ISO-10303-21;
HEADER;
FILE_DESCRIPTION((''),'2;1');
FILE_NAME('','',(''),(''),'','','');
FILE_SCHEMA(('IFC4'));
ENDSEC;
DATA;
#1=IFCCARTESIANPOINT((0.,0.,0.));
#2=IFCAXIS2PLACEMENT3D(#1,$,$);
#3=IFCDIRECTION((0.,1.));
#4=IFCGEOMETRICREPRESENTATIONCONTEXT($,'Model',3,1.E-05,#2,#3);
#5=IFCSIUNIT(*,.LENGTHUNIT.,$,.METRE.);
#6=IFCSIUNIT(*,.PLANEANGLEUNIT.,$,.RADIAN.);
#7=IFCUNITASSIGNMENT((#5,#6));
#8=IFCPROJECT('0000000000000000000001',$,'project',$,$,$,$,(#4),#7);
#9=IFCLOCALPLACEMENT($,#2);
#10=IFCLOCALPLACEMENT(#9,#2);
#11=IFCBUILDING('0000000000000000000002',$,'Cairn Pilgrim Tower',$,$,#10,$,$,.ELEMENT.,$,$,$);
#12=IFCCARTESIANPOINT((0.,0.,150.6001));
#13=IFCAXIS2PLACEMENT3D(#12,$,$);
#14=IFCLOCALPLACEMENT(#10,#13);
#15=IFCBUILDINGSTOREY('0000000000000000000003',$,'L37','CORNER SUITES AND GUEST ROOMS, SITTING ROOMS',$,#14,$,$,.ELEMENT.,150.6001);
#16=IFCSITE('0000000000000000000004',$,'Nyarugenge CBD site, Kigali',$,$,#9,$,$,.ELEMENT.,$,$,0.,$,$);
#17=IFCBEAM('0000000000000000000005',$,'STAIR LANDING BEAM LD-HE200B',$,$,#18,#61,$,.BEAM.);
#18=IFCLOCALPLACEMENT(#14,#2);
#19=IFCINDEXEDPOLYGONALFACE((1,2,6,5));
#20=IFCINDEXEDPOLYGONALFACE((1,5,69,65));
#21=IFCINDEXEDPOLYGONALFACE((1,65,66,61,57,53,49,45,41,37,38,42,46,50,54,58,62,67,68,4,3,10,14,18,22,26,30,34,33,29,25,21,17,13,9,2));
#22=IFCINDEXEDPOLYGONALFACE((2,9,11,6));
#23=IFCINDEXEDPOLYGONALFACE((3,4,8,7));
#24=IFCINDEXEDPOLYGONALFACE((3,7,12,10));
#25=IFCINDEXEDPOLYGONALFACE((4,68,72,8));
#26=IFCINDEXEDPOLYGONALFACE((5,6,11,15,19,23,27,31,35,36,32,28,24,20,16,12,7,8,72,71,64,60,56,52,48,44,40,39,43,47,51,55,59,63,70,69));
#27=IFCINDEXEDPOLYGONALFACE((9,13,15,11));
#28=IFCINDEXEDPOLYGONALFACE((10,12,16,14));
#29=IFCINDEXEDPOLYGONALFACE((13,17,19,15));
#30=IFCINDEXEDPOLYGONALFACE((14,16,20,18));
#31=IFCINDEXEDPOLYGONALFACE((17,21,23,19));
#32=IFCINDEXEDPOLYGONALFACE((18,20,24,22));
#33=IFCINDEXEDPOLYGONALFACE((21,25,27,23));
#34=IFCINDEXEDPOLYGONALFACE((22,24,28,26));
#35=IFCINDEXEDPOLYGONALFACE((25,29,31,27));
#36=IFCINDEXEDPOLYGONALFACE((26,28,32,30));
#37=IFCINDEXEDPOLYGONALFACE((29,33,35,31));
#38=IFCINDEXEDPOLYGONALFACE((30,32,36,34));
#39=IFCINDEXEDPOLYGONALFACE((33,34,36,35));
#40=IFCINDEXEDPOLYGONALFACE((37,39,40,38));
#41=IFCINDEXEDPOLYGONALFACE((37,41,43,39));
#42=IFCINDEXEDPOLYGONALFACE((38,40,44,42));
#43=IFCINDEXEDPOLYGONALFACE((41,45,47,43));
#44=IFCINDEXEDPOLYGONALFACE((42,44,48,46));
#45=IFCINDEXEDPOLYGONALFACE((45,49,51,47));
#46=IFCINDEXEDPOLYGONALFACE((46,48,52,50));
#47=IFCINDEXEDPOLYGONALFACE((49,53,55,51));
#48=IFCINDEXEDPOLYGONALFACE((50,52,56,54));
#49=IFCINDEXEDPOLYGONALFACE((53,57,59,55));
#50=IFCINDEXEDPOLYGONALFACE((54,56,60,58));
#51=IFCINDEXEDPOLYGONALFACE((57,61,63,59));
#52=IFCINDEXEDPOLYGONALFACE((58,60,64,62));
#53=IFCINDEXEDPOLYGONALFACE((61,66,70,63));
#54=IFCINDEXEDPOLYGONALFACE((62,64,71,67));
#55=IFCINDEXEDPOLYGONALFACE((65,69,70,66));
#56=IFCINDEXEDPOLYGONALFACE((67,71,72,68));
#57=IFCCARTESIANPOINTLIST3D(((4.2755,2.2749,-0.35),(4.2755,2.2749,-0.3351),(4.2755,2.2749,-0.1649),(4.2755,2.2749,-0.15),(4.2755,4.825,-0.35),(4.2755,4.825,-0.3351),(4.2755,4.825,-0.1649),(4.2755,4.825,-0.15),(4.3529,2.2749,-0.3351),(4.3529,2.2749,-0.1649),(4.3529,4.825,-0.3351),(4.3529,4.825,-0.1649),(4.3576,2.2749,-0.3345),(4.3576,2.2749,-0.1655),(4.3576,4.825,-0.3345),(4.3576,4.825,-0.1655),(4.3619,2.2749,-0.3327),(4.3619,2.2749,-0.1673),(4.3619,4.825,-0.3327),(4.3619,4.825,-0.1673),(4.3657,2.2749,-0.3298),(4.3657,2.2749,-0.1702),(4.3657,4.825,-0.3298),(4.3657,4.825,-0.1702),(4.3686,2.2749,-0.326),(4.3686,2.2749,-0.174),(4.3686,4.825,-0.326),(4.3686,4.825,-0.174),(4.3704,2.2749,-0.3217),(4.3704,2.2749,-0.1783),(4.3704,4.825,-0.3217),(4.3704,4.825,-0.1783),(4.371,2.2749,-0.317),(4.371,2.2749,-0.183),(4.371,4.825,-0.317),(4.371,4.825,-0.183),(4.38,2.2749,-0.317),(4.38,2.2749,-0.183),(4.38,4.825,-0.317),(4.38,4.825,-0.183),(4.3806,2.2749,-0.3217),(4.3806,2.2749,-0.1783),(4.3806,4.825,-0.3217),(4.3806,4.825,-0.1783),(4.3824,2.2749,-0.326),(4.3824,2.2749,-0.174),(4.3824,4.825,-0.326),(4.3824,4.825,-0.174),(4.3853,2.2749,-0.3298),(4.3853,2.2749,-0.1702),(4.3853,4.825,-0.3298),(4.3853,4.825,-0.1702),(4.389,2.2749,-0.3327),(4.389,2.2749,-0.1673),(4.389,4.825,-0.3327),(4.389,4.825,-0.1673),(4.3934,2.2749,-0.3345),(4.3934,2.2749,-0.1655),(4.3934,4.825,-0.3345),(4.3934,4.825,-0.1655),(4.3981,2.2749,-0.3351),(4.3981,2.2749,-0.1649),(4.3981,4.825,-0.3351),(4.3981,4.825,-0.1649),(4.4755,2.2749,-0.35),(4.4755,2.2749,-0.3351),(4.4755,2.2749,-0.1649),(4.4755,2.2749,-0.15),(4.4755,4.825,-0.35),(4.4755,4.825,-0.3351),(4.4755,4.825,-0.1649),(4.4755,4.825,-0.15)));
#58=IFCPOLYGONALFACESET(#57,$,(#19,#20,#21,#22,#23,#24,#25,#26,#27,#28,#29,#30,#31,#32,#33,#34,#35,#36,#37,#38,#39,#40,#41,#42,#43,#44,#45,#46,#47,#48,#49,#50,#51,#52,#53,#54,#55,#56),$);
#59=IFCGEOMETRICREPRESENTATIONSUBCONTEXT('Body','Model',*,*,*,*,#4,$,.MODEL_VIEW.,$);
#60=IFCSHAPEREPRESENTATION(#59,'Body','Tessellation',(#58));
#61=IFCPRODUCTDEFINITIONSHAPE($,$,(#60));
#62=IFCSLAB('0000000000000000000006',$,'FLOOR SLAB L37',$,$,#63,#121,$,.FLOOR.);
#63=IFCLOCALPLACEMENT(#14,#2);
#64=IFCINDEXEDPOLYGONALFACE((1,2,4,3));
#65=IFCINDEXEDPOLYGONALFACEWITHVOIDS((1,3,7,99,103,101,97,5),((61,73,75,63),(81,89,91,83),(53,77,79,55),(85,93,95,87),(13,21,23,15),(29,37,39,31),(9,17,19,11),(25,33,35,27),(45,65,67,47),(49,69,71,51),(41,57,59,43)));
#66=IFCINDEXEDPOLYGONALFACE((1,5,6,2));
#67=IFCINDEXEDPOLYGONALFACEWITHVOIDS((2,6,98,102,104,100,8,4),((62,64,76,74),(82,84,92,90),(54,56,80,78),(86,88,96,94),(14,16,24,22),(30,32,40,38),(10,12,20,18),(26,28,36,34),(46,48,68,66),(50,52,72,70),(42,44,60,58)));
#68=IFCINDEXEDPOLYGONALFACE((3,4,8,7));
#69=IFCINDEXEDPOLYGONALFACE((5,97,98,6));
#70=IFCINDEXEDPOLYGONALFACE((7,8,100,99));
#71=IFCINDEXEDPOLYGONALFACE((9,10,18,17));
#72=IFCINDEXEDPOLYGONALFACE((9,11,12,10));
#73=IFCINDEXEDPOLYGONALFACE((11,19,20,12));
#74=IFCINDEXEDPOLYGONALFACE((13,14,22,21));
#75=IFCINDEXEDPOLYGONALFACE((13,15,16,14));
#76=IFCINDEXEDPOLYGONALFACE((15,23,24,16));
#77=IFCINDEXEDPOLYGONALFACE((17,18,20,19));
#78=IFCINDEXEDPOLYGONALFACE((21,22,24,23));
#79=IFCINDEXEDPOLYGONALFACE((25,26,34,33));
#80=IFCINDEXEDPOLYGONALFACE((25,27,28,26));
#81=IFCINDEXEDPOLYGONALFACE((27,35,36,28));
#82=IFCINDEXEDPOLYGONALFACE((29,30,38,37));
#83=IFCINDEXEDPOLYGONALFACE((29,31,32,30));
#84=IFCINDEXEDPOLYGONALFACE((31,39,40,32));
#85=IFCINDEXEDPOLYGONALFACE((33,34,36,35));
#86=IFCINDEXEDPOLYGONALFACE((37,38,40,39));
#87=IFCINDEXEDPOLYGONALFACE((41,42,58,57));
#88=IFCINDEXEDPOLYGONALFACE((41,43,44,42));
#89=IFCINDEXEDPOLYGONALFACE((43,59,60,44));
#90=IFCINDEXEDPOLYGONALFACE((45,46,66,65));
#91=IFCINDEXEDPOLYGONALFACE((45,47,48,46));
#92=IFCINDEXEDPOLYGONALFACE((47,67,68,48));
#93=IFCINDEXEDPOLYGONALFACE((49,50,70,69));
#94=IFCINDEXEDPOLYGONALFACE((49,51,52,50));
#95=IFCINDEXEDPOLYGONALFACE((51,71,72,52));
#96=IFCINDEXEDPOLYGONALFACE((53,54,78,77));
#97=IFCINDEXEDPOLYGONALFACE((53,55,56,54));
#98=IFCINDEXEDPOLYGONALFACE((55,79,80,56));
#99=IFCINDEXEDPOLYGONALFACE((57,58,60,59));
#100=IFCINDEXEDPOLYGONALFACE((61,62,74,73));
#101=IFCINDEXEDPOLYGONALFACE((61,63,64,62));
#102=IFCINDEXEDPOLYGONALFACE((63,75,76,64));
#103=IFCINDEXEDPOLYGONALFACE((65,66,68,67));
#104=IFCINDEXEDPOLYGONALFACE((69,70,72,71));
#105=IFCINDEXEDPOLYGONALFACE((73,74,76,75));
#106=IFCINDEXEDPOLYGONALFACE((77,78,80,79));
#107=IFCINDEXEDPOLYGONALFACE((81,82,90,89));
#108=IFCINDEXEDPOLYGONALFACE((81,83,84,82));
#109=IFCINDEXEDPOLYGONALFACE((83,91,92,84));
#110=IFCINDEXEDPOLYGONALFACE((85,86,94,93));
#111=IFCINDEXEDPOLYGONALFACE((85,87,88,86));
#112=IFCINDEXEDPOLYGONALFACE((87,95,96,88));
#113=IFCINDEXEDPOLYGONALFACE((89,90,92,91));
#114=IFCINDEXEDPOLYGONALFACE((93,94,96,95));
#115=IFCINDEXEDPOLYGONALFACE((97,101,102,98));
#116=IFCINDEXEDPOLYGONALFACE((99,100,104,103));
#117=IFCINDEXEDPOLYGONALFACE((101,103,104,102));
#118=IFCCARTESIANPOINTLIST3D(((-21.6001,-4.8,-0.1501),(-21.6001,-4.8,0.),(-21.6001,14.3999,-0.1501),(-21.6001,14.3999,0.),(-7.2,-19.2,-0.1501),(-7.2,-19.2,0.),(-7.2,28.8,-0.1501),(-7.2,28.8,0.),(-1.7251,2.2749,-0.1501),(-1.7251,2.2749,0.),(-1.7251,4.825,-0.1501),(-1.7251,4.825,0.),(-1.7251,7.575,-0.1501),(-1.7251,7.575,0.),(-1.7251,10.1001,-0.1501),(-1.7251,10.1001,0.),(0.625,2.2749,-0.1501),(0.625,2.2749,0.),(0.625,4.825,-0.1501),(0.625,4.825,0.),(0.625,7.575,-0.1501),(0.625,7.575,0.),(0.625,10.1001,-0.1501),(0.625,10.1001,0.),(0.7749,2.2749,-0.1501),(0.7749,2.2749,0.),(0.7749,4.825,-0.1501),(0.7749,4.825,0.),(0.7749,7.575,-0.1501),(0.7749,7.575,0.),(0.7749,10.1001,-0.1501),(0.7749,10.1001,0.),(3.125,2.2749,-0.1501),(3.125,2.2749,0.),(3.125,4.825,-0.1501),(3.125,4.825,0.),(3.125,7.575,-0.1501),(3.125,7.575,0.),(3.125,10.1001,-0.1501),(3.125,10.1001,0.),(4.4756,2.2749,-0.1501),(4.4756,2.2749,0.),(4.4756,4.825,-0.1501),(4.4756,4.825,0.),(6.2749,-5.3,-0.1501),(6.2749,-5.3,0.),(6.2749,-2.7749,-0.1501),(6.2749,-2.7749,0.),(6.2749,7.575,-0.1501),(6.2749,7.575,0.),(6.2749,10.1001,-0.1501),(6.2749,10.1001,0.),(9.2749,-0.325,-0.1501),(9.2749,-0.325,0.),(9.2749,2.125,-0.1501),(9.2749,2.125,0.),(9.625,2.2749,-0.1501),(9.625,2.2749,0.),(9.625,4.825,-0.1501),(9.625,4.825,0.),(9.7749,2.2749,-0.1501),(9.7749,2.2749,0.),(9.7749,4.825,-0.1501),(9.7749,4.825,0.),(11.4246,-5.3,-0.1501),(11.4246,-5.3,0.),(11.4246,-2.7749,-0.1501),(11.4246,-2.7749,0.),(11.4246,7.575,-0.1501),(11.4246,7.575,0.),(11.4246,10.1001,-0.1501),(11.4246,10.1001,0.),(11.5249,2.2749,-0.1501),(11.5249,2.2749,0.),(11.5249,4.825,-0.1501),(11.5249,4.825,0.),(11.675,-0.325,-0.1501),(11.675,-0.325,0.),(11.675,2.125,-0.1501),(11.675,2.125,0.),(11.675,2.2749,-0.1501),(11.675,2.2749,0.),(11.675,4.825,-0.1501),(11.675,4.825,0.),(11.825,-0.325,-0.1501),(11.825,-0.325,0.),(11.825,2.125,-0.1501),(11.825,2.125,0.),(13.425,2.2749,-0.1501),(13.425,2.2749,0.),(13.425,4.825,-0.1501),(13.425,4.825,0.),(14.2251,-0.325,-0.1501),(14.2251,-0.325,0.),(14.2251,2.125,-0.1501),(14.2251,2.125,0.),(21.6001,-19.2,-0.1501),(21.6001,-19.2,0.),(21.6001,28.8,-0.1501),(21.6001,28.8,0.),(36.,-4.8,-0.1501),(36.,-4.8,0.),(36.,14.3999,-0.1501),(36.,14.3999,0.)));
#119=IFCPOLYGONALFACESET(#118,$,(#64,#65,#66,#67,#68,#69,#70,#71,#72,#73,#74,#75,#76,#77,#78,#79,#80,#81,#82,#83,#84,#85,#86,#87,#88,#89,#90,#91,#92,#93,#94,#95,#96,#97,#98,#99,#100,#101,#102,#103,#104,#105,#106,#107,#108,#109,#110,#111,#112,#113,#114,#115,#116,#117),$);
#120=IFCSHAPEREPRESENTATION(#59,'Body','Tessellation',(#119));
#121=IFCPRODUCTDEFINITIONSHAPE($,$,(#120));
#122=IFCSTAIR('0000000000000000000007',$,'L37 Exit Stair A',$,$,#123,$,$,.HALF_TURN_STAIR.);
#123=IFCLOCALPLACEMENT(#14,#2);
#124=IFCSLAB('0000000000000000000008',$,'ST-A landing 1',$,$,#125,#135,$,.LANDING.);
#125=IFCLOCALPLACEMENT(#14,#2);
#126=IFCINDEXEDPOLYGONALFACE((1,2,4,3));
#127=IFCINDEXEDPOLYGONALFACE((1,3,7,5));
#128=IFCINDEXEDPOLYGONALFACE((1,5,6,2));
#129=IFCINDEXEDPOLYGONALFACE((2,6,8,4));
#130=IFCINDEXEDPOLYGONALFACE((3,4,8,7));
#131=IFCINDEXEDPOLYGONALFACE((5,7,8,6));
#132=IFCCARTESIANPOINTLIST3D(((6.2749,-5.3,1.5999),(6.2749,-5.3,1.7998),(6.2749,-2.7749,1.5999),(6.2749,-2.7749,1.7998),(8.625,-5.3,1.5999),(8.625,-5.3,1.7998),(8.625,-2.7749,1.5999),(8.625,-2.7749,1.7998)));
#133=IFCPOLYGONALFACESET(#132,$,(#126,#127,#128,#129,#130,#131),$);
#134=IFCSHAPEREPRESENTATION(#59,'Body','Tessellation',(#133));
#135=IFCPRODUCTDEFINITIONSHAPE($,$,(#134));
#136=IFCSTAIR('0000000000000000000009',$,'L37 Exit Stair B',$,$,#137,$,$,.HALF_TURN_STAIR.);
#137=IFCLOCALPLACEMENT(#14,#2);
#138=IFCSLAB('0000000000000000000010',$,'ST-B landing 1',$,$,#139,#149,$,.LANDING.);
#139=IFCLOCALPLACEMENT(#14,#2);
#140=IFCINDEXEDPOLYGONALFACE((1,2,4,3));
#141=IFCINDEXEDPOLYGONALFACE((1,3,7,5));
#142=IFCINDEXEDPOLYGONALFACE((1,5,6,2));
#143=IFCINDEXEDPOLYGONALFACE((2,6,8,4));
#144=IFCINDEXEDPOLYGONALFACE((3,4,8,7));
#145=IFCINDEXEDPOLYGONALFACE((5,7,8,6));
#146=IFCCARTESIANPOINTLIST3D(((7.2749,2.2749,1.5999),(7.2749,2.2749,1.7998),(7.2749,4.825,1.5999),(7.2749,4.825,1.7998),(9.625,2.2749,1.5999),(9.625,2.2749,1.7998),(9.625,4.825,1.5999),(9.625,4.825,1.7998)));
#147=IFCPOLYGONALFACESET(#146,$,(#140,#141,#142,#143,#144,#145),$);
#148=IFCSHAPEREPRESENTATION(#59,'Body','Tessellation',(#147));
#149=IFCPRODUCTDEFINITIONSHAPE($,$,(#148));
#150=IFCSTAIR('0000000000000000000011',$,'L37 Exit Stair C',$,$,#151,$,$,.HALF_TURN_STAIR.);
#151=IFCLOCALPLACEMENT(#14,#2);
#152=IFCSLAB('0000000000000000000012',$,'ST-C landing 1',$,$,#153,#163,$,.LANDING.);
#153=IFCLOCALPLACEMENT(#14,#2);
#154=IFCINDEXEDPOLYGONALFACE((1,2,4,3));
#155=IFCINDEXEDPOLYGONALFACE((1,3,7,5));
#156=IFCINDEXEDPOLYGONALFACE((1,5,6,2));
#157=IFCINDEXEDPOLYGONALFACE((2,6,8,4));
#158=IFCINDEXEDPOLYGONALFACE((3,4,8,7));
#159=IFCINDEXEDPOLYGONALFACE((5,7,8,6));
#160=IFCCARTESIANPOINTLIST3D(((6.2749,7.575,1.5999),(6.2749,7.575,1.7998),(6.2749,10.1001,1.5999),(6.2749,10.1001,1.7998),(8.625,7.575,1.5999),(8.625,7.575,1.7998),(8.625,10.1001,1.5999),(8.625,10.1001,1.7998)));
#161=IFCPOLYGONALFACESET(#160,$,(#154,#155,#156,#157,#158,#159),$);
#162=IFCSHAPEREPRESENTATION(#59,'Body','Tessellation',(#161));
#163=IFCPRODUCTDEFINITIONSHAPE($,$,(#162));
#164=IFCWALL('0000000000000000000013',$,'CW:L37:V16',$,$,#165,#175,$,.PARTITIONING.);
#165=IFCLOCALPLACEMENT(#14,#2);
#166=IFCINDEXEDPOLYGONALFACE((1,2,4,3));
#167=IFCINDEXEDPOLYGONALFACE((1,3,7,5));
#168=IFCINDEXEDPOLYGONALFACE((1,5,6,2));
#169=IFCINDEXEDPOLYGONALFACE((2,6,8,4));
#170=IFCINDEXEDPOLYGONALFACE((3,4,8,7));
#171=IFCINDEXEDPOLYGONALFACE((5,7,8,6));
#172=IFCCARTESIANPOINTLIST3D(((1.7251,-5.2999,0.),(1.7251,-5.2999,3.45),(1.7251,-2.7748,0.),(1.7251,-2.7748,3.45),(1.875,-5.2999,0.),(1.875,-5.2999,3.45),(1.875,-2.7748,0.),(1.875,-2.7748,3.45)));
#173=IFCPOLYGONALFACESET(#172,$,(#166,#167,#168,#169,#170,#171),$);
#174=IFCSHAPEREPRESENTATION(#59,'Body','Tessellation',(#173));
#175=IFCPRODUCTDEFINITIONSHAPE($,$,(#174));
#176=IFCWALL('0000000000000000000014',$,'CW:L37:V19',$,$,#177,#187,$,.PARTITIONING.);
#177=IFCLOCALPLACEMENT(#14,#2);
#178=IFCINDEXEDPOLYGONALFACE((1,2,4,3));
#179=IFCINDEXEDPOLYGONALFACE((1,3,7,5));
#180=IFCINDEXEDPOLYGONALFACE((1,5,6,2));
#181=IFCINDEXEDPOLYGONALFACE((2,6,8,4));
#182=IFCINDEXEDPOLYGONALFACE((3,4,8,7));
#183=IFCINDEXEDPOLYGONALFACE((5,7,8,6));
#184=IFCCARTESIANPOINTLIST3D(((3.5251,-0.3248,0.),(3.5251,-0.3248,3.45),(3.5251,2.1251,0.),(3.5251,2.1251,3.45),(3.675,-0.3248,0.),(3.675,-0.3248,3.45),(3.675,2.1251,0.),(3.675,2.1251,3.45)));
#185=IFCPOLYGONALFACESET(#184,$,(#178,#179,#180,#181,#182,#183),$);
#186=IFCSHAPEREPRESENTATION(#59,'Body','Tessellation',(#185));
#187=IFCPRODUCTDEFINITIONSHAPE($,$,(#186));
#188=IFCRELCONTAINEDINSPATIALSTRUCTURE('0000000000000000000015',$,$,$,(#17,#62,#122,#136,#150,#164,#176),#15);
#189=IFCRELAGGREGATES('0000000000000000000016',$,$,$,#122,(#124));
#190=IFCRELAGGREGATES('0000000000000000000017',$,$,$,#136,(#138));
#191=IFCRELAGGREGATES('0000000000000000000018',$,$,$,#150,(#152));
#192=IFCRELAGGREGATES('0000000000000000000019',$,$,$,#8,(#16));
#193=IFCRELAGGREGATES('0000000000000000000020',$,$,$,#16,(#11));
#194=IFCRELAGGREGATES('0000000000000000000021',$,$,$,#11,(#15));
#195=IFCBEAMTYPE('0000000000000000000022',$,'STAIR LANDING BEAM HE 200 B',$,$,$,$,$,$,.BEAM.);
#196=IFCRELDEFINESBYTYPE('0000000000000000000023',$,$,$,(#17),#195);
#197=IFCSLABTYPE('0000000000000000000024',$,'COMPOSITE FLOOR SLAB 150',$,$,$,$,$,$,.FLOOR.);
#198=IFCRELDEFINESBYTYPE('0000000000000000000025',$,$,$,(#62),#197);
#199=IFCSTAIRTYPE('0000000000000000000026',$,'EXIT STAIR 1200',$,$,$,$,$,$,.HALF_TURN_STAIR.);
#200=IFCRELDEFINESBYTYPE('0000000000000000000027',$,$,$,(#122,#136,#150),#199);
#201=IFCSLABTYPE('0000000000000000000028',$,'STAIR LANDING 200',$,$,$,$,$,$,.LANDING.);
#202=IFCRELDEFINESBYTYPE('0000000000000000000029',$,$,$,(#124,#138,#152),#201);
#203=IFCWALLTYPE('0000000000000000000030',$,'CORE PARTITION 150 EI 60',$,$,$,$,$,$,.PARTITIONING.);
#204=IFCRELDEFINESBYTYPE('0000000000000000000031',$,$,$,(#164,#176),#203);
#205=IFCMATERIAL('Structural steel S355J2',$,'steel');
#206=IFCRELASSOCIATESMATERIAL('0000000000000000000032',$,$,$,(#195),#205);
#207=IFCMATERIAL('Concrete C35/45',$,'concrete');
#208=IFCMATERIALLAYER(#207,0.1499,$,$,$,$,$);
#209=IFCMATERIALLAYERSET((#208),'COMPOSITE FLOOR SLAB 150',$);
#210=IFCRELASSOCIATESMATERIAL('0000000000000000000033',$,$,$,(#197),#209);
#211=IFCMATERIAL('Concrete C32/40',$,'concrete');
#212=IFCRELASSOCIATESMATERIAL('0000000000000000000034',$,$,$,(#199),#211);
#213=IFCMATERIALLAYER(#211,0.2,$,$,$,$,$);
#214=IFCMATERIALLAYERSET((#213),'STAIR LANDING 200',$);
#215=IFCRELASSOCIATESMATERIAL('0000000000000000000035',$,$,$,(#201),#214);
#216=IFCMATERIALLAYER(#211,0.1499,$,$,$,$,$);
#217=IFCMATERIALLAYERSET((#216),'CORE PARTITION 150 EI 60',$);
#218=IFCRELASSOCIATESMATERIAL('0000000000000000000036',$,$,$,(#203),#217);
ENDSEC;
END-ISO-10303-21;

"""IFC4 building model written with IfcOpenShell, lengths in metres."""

from ifc_helpers import new_model, si_unit, direction, frame, frame_2d, origin, origin_2d, place, context, subcontext, project, spatial, polyline, rectangle, i_section, outline, extrude, material, layer, layer_set, material_profile, profile_set, type_object, element, aggregate, save


model = new_model("IFC4")

# Units and contexts
model_context = context("Model", 3, precision=1e-05, world=origin(), true_north=direction((0.0, 1.0)))
body_context = subcontext(model_context, "Body", "Model", "MODEL_VIEW")
ifc_project = project(units=[si_unit("LENGTHUNIT", "METRE"), si_unit("PLANEANGLEUNIT", "RADIAN")], contexts=[model_context])

# Site, building, storey
site_placement = place(None, origin())
site = spatial("IfcSite", under=ifc_project, at=site_placement, Name="Nyarugenge CBD site, Kigali", CompositionType="ELEMENT", RefElevation=0.0)
building_placement = place(site_placement, origin())
building = spatial("IfcBuilding", under=site, at=building_placement, Name="Cairn Pilgrim Tower", CompositionType="ELEMENT")
storey_placement = place(building_placement, frame((0.0, 0.0, 150.6001)))
storey = spatial("IfcBuildingStorey", under=building, at=storey_placement, Name="L37", Description="CORNER SUITES AND GUEST ROOMS, SITTING ROOMS", CompositionType="ELEMENT", Elevation=150.6001)

# Beam
ifc_material_1 = material(Name="Structural steel S355J2", Category="steel")
ifc_material_profile = material_profile(ifc_material_1, i_section(OverallWidth=0.2, OverallDepth=0.2, WebThickness=0.009, FlangeThickness=0.0149, FilletRadius=0.0181, at=origin_2d()), Name="HE 200 B")
ifc_profile_set = profile_set([ifc_material_profile], Name="Structural steel S355J2")
beam_type = type_object("IfcBeamType", Name="STAIR LANDING BEAM HE 200 B", PredefinedType="BEAM", material=ifc_profile_set)
beam_placement = place(storey_placement, frame((4.3755, 2.2749, -0.25), z_axis=(0.0, 1.0, 0.0), x_axis=(-1.0, 0.0, 0.0)))
element("IfcBeam", 1, at=beam_placement, inside=storey, type_object=beam_type, Name="STAIR LANDING BEAM LD-HE200B", PredefinedType="BEAM", context=body_context, shape_type="SweptSolid", body=[
    extrude(i_section(OverallWidth=0.2, OverallDepth=0.2, WebThickness=0.009, FlangeThickness=0.0149, FilletRadius=0.0181, at=origin_2d()), origin(), (0.0, 0.0, 1.0), 2.55),
])

# Slab
ifc_material_2 = material(Name="Concrete C35/45", Category="concrete")
ifc_layer_1 = layer(ifc_material_2, 0.1499)
ifc_layer_set_1 = layer_set([ifc_layer_1], Name="COMPOSITE FLOOR SLAB 150")
slab_type_1 = type_object("IfcSlabType", Name="COMPOSITE FLOOR SLAB 150", PredefinedType="FLOOR", material=ifc_layer_set_1)
slab_1_placement = place(storey_placement, frame((0.0, 0.0, -0.1501)))
element("IfcSlab", 2, at=slab_1_placement, inside=storey, type_object=slab_type_1, Name="FLOOR SLAB L37", PredefinedType="FLOOR", context=body_context, shape_type="SweptSolid", body=[
    extrude(outline(polyline([(-7.2, -19.2), (21.6001, -19.2), (36.0, -4.8), (36.0, 14.3999), (21.6001, 28.8), (-7.2, 28.8), (-21.6001, 14.3999), (-21.6001, -4.8), (-7.2, -19.2)]), holes=[polyline([(9.2749, -0.325), (11.675, -0.325), (11.675, 2.125), (9.2749, 2.125), (9.2749, -0.325)]), polyline([(11.825, -0.325), (14.2251, -0.325), (14.2251, 2.125), (11.825, 2.125), (11.825, -0.325)]), polyline([(-1.7251, 2.2749), (0.625, 2.2749), (0.625, 4.825), (-1.7251, 4.825), (-1.7251, 2.2749)]), polyline([(0.7749, 2.2749), (3.125, 2.2749), (3.125, 4.825), (0.7749, 4.825), (0.7749, 2.2749)]), polyline([(-1.7251, 7.575), (0.625, 7.575), (0.625, 10.1001), (-1.7251, 10.1001), (-1.7251, 7.575)]), polyline([(0.7749, 7.575), (3.125, 7.575), (3.125, 10.1001), (0.7749, 10.1001), (0.7749, 7.575)]), polyline([(9.7749, 2.2749), (11.5249, 2.2749), (11.5249, 4.825), (9.7749, 4.825), (9.7749, 2.2749)]), polyline([(11.675, 2.2749), (13.425, 2.2749), (13.425, 4.825), (11.675, 4.825), (11.675, 2.2749)]), polyline([(11.4246, -2.7749), (6.2749, -2.7749), (6.2749, -5.3), (11.4246, -5.3), (11.4246, -2.7749)]), polyline([(4.4756, 2.2749), (9.625, 2.2749), (9.625, 4.825), (4.4756, 4.825), (4.4756, 2.2749)]), polyline([(11.4246, 10.1001), (6.2749, 10.1001), (6.2749, 7.575), (11.4246, 7.575), (11.4246, 10.1001)])]), origin(), (0.0, 0.0, 1.0), 0.1501),
])

# Stairs, slabs
ifc_material_3 = material(Name="Concrete C32/40", Category="concrete")
stair_type = type_object("IfcStairType", Name="EXIT STAIR 1200", PredefinedType="HALF_TURN_STAIR", material=ifc_material_3)
stair_1_placement = place(storey_placement, origin())
stair_1 = element("IfcStair", 3, at=stair_1_placement, inside=storey, type_object=stair_type, Name="L37 Exit Stair A", PredefinedType="HALF_TURN_STAIR")
ifc_layer_2 = layer(ifc_material_3, 0.2)
ifc_layer_set_2 = layer_set([ifc_layer_2], Name="STAIR LANDING 200")
slab_type_2 = type_object("IfcSlabType", Name="STAIR LANDING 200", PredefinedType="LANDING", material=ifc_layer_set_2)
slab_2_placement = place(storey_placement, frame((0.0, 0.0, 1.5999)))
slab_2 = element("IfcSlab", 4, at=slab_2_placement, type_object=slab_type_2, Name="ST-A landing 1", PredefinedType="LANDING", context=body_context, shape_type="SweptSolid", body=[
    extrude(outline(polyline([(8.625, -2.7749), (6.2749, -2.7749), (6.2749, -5.3), (8.625, -5.3), (8.625, -2.7749)])), origin(), (0.0, 0.0, 1.0), 0.2),
])
aggregate(stair_1, [slab_2])
stair_2_placement = place(storey_placement, origin())
stair_2 = element("IfcStair", 5, at=stair_2_placement, inside=storey, type_object=stair_type, Name="L37 Exit Stair B", PredefinedType="HALF_TURN_STAIR")
slab_3_placement = place(storey_placement, frame((0.0, 0.0, 1.5999)))
slab_3 = element("IfcSlab", 6, at=slab_3_placement, type_object=slab_type_2, Name="ST-B landing 1", PredefinedType="LANDING", context=body_context, shape_type="SweptSolid", body=[
    extrude(outline(polyline([(7.2749, 2.2749), (9.625, 2.2749), (9.625, 4.825), (7.2749, 4.825), (7.2749, 2.2749)])), origin(), (0.0, 0.0, 1.0), 0.2),
])
aggregate(stair_2, [slab_3])
stair_3_placement = place(storey_placement, origin())
stair_3 = element("IfcStair", 7, at=stair_3_placement, inside=storey, type_object=stair_type, Name="L37 Exit Stair C", PredefinedType="HALF_TURN_STAIR")
slab_4_placement = place(storey_placement, frame((0.0, 0.0, 1.5999)))
slab_4 = element("IfcSlab", 8, at=slab_4_placement, type_object=slab_type_2, Name="ST-C landing 1", PredefinedType="LANDING", context=body_context, shape_type="SweptSolid", body=[
    extrude(outline(polyline([(8.625, 10.1001), (6.2749, 10.1001), (6.2749, 7.575), (8.625, 7.575), (8.625, 10.1001)])), origin(), (0.0, 0.0, 1.0), 0.2),
])
aggregate(stair_3, [slab_4])

# Walls
ifc_layer_3 = layer(ifc_material_3, 0.1499)
ifc_layer_set_3 = layer_set([ifc_layer_3], Name="CORE PARTITION 150 EI 60")
wall_type_1 = type_object("IfcWallType", Name="CORE PARTITION 150 EI 60", PredefinedType="PARTITIONING", material=ifc_layer_set_3)
wall_1_placement = place(storey_placement, frame((1.8, -5.3, 0.0), z_axis=(0.0, 0.0, 1.0), x_axis=(0.0, 1.0, 0.0)))
element("IfcWall", 9, at=wall_1_placement, inside=storey, type_object=wall_type_1, Name="CW:L37:V16", PredefinedType="PARTITIONING", context=body_context, shape_type="SweptSolid", body=[
    extrude(rectangle(XDim=2.5251, YDim=0.1499, at=frame_2d((1.2627, 0.0))), origin(), (0.0, 0.0, 1.0), 3.45),
])
wall_2_placement = place(storey_placement, frame((3.6001, -0.325, 0.0), z_axis=(0.0, 0.0, 1.0), x_axis=(0.0, 1.0, 0.0)))
element("IfcWall", 10, at=wall_2_placement, inside=storey, type_object=wall_type_1, Name="CW:L37:V19", PredefinedType="PARTITIONING", context=body_context, shape_type="SweptSolid", body=[
    extrude(rectangle(XDim=2.45, YDim=0.1499, at=frame_2d((1.2251, 0.0))), origin(), (0.0, 0.0, 1.0), 3.45),
])

save(model, "model.ifc")
